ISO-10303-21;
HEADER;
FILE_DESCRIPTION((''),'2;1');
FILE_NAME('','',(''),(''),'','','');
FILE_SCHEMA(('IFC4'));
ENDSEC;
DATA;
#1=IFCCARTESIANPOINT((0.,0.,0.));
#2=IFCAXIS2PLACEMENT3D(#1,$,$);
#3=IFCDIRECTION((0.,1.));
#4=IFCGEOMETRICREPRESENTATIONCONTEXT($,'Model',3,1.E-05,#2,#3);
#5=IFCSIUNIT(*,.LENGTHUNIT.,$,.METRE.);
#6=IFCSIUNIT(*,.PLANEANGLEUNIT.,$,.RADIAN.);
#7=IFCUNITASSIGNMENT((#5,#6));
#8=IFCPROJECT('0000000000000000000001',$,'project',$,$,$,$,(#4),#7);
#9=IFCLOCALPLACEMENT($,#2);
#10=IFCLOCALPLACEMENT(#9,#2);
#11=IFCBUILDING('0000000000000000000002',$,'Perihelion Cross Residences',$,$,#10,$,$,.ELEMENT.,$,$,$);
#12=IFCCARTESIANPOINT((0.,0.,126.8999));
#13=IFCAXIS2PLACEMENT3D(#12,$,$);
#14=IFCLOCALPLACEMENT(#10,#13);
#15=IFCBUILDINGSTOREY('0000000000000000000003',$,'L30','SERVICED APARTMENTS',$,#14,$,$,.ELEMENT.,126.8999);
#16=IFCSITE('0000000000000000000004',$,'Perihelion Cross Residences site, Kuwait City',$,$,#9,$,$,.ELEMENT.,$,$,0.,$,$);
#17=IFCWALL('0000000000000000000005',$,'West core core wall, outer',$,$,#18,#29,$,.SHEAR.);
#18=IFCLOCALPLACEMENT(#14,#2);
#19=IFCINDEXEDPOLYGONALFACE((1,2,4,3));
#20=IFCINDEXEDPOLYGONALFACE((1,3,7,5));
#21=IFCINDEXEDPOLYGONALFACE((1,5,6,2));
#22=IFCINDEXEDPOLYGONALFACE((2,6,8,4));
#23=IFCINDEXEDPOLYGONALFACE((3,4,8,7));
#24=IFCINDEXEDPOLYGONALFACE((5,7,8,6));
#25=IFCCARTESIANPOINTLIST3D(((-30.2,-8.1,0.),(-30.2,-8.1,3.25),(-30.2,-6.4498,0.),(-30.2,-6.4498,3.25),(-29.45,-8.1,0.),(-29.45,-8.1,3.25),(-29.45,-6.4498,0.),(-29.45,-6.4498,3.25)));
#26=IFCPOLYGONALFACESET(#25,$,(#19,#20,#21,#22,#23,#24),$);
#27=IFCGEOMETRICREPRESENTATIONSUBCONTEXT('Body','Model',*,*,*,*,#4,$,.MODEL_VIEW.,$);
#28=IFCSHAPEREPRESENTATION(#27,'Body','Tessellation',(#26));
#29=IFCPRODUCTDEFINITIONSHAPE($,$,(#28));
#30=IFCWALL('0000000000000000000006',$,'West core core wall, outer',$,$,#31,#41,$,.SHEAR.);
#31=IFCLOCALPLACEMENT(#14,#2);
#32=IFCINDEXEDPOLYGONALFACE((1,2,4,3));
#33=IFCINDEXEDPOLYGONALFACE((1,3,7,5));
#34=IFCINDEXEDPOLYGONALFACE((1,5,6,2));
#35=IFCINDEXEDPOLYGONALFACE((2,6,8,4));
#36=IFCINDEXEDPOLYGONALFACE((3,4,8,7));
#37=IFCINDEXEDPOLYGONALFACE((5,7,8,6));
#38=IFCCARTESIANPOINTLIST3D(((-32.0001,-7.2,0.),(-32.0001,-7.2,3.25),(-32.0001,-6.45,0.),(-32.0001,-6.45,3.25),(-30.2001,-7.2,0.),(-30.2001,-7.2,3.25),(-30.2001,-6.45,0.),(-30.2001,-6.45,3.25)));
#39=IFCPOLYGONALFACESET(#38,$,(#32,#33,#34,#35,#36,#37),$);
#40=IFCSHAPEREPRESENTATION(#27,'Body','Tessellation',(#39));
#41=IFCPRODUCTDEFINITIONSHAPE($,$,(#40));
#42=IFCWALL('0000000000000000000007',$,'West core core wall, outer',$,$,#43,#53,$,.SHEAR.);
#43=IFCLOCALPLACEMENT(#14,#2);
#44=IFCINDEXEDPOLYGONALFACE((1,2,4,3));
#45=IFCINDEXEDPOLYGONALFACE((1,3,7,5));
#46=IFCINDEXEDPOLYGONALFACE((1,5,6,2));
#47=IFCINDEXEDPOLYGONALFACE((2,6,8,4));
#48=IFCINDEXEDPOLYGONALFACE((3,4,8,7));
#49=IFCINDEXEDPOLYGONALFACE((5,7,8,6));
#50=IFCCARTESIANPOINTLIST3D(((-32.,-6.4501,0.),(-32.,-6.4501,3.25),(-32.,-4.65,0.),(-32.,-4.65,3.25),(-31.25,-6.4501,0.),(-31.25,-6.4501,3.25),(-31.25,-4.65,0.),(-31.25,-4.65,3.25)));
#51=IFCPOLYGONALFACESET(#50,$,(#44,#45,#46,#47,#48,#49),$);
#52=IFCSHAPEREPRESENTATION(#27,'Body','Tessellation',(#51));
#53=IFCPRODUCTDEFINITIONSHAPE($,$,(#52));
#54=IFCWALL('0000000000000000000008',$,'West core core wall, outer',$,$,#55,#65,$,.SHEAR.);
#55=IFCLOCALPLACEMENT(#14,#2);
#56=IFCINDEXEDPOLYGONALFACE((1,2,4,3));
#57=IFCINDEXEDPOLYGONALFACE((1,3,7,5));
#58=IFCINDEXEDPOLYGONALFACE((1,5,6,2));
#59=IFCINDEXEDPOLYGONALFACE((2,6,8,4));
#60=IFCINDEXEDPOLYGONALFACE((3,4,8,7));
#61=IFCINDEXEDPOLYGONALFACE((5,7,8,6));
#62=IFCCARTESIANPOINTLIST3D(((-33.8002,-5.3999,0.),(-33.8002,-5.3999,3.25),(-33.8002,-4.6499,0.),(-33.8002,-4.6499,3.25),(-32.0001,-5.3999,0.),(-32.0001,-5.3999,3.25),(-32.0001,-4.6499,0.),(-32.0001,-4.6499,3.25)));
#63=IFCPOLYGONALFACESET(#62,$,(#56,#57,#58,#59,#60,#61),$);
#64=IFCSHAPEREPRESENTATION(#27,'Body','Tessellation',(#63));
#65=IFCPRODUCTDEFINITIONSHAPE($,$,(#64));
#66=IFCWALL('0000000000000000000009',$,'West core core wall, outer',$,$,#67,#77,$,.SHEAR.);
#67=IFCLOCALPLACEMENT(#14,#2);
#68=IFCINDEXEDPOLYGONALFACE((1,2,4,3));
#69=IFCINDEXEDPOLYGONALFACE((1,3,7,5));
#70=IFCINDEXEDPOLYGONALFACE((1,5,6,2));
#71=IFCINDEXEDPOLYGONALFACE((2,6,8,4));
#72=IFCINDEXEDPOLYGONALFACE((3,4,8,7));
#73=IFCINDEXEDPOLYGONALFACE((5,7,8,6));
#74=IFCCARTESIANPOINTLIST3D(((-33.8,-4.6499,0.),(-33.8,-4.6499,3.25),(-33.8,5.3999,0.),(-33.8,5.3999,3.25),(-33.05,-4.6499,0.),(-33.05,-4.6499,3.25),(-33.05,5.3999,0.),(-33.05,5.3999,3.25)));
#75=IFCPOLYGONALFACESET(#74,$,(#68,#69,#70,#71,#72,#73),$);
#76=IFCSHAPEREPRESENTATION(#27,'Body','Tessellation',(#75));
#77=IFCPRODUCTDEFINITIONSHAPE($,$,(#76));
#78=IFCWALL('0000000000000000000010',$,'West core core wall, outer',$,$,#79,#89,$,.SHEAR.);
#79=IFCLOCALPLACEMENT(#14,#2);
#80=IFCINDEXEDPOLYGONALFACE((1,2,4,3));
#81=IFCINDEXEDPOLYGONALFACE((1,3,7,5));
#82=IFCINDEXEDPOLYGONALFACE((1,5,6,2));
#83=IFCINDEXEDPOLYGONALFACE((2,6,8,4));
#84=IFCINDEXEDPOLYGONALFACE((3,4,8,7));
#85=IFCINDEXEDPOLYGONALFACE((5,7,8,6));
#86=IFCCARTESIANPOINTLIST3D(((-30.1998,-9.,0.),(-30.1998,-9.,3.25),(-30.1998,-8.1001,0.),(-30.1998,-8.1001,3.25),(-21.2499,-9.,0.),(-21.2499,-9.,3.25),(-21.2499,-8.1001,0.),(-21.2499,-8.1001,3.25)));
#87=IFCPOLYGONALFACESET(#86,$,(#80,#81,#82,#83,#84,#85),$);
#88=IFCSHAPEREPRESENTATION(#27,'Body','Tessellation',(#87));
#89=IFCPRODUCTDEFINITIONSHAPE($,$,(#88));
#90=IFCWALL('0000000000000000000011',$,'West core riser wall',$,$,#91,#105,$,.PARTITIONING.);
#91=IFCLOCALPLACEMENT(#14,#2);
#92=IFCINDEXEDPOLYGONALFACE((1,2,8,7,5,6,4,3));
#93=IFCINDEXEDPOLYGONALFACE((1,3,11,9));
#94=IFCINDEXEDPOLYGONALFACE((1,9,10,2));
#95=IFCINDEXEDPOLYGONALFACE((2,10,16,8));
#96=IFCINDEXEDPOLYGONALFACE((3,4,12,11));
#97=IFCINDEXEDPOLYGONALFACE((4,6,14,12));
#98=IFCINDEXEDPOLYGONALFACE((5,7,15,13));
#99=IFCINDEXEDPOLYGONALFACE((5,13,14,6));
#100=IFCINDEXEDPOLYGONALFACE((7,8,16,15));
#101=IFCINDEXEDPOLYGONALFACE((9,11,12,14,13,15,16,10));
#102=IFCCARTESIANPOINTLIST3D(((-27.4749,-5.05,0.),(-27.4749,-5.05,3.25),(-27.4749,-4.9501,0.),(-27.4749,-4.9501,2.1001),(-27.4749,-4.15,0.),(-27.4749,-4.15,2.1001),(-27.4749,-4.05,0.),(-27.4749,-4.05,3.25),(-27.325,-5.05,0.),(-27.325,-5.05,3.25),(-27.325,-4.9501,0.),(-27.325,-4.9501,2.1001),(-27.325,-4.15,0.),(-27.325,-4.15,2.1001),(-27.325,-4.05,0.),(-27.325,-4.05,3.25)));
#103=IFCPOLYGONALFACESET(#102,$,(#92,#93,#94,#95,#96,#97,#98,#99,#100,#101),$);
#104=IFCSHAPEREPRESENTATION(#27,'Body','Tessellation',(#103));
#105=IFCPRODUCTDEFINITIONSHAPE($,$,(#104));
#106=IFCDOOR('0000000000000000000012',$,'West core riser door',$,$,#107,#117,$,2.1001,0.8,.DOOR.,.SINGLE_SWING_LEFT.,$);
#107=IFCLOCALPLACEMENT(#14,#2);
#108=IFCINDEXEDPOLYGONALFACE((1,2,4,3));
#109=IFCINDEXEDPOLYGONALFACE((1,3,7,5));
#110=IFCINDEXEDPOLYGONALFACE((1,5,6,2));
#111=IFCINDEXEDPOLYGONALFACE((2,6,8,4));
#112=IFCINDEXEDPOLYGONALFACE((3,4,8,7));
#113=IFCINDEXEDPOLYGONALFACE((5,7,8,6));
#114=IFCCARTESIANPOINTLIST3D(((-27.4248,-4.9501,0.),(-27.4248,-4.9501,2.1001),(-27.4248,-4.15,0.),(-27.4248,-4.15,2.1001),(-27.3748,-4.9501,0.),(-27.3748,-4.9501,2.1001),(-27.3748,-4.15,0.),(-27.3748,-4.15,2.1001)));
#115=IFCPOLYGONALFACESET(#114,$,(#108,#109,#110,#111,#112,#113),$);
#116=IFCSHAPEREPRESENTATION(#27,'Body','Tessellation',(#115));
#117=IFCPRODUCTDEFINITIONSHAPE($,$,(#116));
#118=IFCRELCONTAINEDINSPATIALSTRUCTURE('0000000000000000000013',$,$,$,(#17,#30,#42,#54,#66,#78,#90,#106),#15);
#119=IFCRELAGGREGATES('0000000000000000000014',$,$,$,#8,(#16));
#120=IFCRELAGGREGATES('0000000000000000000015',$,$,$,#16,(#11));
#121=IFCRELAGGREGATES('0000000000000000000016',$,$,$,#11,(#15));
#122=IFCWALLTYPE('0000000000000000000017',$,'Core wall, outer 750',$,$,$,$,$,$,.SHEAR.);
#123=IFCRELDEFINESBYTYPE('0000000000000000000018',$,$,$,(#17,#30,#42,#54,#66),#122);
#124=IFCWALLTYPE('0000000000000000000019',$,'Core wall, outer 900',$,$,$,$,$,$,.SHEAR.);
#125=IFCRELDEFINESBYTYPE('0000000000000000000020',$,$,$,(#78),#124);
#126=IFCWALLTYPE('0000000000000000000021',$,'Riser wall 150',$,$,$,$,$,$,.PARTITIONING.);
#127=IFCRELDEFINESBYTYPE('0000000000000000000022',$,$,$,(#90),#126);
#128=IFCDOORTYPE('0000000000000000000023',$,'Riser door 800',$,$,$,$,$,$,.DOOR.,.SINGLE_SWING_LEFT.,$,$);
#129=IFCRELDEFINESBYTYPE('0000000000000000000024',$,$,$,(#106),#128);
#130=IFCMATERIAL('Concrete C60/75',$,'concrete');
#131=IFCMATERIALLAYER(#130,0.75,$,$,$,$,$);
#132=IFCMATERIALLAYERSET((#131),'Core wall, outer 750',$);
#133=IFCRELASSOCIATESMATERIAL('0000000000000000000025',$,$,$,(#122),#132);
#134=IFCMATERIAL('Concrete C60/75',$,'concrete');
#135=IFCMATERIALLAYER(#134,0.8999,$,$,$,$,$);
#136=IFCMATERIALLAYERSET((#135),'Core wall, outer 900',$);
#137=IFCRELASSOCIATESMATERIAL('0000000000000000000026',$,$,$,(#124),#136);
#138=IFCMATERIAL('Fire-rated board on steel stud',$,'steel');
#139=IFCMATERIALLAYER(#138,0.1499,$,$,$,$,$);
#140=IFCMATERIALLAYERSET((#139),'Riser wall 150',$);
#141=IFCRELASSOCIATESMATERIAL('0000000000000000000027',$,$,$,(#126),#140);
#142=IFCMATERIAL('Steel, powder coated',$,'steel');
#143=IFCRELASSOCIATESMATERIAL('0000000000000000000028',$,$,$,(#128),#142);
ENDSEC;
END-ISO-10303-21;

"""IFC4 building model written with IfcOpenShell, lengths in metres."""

from ifc_helpers import new_model, si_unit, direction, frame, frame_2d, origin, place, context, subcontext, project, spatial, rectangle, extrude, material, layer, layer_set, type_object, element, fill, save


model = new_model("IFC4")

# Units and contexts
model_context = context("Model", 3, precision=1e-05, world=origin(), true_north=direction((0.0, 1.0)))
body_context = subcontext(model_context, "Body", "Model", "MODEL_VIEW")
ifc_project = project(units=[si_unit("LENGTHUNIT", "METRE"), si_unit("PLANEANGLEUNIT", "RADIAN")], contexts=[model_context])

# Site, building, storey
site_placement = place(None, origin())
site = spatial("IfcSite", under=ifc_project, at=site_placement, Name="Perihelion Cross Residences site, Kuwait City", CompositionType="ELEMENT", RefElevation=0.0)
building_placement = place(site_placement, origin())
building = spatial("IfcBuilding", under=site, at=building_placement, Name="Perihelion Cross Residences", CompositionType="ELEMENT")
storey_placement = place(building_placement, frame((0.0, 0.0, 126.8999)))
storey = spatial("IfcBuildingStorey", under=building, at=storey_placement, Name="L30", Description="SERVICED APARTMENTS", CompositionType="ELEMENT", Elevation=126.8999)

# Walls
ifc_material_1 = material(Name="Concrete C60/75", Category="concrete")
ifc_layer_1 = layer(ifc_material_1, 0.75)
ifc_layer_set_1 = layer_set([ifc_layer_1], Name="Core wall, outer 750")
wall_type_1 = type_object("IfcWallType", Name="Core wall, outer 750", PredefinedType="SHEAR", material=ifc_layer_set_1)
wall_1_placement = place(storey_placement, frame((-29.825, -8.1001, 0.0), z_axis=(0.0, 0.0, 1.0), x_axis=(0.0, 1.0, 0.0)))
element("IfcWall", 1, at=wall_1_placement, inside=storey, type_object=wall_type_1, Name="West core core wall, outer", PredefinedType="SHEAR", context=body_context, shape_type="SweptSolid", body=[
    extrude(rectangle(XDim=1.6501, YDim=0.75, at=frame_2d((0.8252, 0.0))), origin(), (0.0, 0.0, 1.0), 3.25),
])
for number, where, z_axis, x_axis, name in (
    (2, (-32.0, -6.825, 0.0), (0.0, 0.0, 1.0), (1.0, 0.0, 0.0), "West core core wall, outer"),
    (3, (-31.625, -6.45, 0.0), (0.0, 0.0, 1.0), (0.0, 1.0, 0.0), "West core core wall, outer"),
    (4, (-33.8, -5.0249, 0.0), (0.0, 0.0, 1.0), (1.0, 0.0, 0.0), "West core core wall, outer"),
):
    element("IfcWall", number, at=place(storey_placement, frame(where, z_axis=z_axis, x_axis=x_axis)), inside=storey, type_object=wall_type_1, Name=name, PredefinedType="SHEAR", context=body_context, shape_type="SweptSolid", body=[
        extrude(rectangle(XDim=1.8, YDim=0.75, at=frame_2d((0.8999, 0.0))), origin(), (0.0, 0.0, 1.0), 3.25),
    ])
wall_2_placement = place(storey_placement, frame((-33.425, -4.6499, 0.0), z_axis=(0.0, 0.0, 1.0), x_axis=(0.0, 1.0, 0.0)))
element("IfcWall", 5, at=wall_2_placement, inside=storey, type_object=wall_type_1, Name="West core core wall, outer", PredefinedType="SHEAR", context=body_context, shape_type="SweptSolid", body=[
    extrude(rectangle(XDim=10.0498, YDim=0.75, at=frame_2d((5.0249, 0.0))), origin(), (0.0, 0.0, 1.0), 3.25),
])
ifc_material_2 = material(Name="Concrete C60/75", Category="concrete")
ifc_layer_2 = layer(ifc_material_2, 0.8999)
ifc_layer_set_2 = layer_set([ifc_layer_2], Name="Core wall, outer 900")
wall_type_2 = type_object("IfcWallType", Name="Core wall, outer 900", PredefinedType="SHEAR", material=ifc_layer_set_2)
wall_3_placement = place(storey_placement, frame((-30.2, -8.55, 0.0), z_axis=(0.0, 0.0, 1.0), x_axis=(1.0, 0.0, 0.0)))
element("IfcWall", 6, at=wall_3_placement, inside=storey, type_object=wall_type_2, Name="West core core wall, outer", PredefinedType="SHEAR", context=body_context, shape_type="SweptSolid", body=[
    extrude(rectangle(XDim=8.95, YDim=0.8999, at=frame_2d((4.4751, 0.0))), origin(), (0.0, 0.0, 1.0), 3.25),
])

# Wall, opening, door
ifc_material_3 = material(Name="Fire-rated board on steel stud", Category="steel")
ifc_layer_3 = layer(ifc_material_3, 0.1499)
ifc_layer_set_3 = layer_set([ifc_layer_3], Name="Riser wall 150")
wall_type_3 = type_object("IfcWallType", Name="Riser wall 150", PredefinedType="PARTITIONING", material=ifc_layer_set_3)
wall_4_placement = place(storey_placement, frame((-27.3999, -5.05, 0.0), z_axis=(0.0, 0.0, 1.0), x_axis=(0.0, 1.0, 0.0)))
wall_4 = element("IfcWall", 7, at=wall_4_placement, inside=storey, type_object=wall_type_3, Name="West core riser wall", PredefinedType="PARTITIONING", context=body_context, shape_type="SweptSolid", body=[
    extrude(rectangle(XDim=1.0, YDim=0.1499, at=frame_2d((0.5, 0.0))), origin(), (0.0, 0.0, 1.0), 3.25),
])
opening_1_placement = place(wall_4_placement, frame((0.1001, 0.0, 0.0)))
opening_1 = element("IfcOpeningElement", 8, at=opening_1_placement, cuts=wall_4, PredefinedType="OPENING", context=body_context, shape_type="SweptSolid", body=[
    extrude(rectangle(XDim=0.8, YDim=2.1001, at=frame_2d((0.3999, 1.05))), frame((0.0, 0.085, 0.0), z_axis=(0.0, -1.0, 0.0), x_axis=(1.0, 0.0, 0.0)), (0.0, 0.0, 1.0), 0.1699),
])
ifc_material_4 = material(Name="Steel, powder coated", Category="steel")
door_type_1 = type_object("IfcDoorType", Name="Riser door 800", OperationType="SINGLE_SWING_LEFT", PredefinedType="DOOR", material=ifc_material_4)
door_1_placement = place(opening_1_placement, origin())
door_1 = element("IfcDoor", 9, at=door_1_placement, inside=storey, type_object=door_type_1, Name="West core riser door", OperationType="SINGLE_SWING_LEFT", OverallHeight=2.1001, OverallWidth=0.8, PredefinedType="DOOR", context=body_context, shape_type="SweptSolid", body=[
    extrude(rectangle(XDim=0.8, YDim=2.1001, at=frame_2d((0.3999, 1.05))), frame((0.0, 0.0249, 0.0), z_axis=(0.0, -1.0, 0.0), x_axis=(1.0, 0.0, 0.0)), (0.0, 0.0, 1.0), 0.05),
])
fill(opening_1, door_1)

save(model, "model.ifc")
